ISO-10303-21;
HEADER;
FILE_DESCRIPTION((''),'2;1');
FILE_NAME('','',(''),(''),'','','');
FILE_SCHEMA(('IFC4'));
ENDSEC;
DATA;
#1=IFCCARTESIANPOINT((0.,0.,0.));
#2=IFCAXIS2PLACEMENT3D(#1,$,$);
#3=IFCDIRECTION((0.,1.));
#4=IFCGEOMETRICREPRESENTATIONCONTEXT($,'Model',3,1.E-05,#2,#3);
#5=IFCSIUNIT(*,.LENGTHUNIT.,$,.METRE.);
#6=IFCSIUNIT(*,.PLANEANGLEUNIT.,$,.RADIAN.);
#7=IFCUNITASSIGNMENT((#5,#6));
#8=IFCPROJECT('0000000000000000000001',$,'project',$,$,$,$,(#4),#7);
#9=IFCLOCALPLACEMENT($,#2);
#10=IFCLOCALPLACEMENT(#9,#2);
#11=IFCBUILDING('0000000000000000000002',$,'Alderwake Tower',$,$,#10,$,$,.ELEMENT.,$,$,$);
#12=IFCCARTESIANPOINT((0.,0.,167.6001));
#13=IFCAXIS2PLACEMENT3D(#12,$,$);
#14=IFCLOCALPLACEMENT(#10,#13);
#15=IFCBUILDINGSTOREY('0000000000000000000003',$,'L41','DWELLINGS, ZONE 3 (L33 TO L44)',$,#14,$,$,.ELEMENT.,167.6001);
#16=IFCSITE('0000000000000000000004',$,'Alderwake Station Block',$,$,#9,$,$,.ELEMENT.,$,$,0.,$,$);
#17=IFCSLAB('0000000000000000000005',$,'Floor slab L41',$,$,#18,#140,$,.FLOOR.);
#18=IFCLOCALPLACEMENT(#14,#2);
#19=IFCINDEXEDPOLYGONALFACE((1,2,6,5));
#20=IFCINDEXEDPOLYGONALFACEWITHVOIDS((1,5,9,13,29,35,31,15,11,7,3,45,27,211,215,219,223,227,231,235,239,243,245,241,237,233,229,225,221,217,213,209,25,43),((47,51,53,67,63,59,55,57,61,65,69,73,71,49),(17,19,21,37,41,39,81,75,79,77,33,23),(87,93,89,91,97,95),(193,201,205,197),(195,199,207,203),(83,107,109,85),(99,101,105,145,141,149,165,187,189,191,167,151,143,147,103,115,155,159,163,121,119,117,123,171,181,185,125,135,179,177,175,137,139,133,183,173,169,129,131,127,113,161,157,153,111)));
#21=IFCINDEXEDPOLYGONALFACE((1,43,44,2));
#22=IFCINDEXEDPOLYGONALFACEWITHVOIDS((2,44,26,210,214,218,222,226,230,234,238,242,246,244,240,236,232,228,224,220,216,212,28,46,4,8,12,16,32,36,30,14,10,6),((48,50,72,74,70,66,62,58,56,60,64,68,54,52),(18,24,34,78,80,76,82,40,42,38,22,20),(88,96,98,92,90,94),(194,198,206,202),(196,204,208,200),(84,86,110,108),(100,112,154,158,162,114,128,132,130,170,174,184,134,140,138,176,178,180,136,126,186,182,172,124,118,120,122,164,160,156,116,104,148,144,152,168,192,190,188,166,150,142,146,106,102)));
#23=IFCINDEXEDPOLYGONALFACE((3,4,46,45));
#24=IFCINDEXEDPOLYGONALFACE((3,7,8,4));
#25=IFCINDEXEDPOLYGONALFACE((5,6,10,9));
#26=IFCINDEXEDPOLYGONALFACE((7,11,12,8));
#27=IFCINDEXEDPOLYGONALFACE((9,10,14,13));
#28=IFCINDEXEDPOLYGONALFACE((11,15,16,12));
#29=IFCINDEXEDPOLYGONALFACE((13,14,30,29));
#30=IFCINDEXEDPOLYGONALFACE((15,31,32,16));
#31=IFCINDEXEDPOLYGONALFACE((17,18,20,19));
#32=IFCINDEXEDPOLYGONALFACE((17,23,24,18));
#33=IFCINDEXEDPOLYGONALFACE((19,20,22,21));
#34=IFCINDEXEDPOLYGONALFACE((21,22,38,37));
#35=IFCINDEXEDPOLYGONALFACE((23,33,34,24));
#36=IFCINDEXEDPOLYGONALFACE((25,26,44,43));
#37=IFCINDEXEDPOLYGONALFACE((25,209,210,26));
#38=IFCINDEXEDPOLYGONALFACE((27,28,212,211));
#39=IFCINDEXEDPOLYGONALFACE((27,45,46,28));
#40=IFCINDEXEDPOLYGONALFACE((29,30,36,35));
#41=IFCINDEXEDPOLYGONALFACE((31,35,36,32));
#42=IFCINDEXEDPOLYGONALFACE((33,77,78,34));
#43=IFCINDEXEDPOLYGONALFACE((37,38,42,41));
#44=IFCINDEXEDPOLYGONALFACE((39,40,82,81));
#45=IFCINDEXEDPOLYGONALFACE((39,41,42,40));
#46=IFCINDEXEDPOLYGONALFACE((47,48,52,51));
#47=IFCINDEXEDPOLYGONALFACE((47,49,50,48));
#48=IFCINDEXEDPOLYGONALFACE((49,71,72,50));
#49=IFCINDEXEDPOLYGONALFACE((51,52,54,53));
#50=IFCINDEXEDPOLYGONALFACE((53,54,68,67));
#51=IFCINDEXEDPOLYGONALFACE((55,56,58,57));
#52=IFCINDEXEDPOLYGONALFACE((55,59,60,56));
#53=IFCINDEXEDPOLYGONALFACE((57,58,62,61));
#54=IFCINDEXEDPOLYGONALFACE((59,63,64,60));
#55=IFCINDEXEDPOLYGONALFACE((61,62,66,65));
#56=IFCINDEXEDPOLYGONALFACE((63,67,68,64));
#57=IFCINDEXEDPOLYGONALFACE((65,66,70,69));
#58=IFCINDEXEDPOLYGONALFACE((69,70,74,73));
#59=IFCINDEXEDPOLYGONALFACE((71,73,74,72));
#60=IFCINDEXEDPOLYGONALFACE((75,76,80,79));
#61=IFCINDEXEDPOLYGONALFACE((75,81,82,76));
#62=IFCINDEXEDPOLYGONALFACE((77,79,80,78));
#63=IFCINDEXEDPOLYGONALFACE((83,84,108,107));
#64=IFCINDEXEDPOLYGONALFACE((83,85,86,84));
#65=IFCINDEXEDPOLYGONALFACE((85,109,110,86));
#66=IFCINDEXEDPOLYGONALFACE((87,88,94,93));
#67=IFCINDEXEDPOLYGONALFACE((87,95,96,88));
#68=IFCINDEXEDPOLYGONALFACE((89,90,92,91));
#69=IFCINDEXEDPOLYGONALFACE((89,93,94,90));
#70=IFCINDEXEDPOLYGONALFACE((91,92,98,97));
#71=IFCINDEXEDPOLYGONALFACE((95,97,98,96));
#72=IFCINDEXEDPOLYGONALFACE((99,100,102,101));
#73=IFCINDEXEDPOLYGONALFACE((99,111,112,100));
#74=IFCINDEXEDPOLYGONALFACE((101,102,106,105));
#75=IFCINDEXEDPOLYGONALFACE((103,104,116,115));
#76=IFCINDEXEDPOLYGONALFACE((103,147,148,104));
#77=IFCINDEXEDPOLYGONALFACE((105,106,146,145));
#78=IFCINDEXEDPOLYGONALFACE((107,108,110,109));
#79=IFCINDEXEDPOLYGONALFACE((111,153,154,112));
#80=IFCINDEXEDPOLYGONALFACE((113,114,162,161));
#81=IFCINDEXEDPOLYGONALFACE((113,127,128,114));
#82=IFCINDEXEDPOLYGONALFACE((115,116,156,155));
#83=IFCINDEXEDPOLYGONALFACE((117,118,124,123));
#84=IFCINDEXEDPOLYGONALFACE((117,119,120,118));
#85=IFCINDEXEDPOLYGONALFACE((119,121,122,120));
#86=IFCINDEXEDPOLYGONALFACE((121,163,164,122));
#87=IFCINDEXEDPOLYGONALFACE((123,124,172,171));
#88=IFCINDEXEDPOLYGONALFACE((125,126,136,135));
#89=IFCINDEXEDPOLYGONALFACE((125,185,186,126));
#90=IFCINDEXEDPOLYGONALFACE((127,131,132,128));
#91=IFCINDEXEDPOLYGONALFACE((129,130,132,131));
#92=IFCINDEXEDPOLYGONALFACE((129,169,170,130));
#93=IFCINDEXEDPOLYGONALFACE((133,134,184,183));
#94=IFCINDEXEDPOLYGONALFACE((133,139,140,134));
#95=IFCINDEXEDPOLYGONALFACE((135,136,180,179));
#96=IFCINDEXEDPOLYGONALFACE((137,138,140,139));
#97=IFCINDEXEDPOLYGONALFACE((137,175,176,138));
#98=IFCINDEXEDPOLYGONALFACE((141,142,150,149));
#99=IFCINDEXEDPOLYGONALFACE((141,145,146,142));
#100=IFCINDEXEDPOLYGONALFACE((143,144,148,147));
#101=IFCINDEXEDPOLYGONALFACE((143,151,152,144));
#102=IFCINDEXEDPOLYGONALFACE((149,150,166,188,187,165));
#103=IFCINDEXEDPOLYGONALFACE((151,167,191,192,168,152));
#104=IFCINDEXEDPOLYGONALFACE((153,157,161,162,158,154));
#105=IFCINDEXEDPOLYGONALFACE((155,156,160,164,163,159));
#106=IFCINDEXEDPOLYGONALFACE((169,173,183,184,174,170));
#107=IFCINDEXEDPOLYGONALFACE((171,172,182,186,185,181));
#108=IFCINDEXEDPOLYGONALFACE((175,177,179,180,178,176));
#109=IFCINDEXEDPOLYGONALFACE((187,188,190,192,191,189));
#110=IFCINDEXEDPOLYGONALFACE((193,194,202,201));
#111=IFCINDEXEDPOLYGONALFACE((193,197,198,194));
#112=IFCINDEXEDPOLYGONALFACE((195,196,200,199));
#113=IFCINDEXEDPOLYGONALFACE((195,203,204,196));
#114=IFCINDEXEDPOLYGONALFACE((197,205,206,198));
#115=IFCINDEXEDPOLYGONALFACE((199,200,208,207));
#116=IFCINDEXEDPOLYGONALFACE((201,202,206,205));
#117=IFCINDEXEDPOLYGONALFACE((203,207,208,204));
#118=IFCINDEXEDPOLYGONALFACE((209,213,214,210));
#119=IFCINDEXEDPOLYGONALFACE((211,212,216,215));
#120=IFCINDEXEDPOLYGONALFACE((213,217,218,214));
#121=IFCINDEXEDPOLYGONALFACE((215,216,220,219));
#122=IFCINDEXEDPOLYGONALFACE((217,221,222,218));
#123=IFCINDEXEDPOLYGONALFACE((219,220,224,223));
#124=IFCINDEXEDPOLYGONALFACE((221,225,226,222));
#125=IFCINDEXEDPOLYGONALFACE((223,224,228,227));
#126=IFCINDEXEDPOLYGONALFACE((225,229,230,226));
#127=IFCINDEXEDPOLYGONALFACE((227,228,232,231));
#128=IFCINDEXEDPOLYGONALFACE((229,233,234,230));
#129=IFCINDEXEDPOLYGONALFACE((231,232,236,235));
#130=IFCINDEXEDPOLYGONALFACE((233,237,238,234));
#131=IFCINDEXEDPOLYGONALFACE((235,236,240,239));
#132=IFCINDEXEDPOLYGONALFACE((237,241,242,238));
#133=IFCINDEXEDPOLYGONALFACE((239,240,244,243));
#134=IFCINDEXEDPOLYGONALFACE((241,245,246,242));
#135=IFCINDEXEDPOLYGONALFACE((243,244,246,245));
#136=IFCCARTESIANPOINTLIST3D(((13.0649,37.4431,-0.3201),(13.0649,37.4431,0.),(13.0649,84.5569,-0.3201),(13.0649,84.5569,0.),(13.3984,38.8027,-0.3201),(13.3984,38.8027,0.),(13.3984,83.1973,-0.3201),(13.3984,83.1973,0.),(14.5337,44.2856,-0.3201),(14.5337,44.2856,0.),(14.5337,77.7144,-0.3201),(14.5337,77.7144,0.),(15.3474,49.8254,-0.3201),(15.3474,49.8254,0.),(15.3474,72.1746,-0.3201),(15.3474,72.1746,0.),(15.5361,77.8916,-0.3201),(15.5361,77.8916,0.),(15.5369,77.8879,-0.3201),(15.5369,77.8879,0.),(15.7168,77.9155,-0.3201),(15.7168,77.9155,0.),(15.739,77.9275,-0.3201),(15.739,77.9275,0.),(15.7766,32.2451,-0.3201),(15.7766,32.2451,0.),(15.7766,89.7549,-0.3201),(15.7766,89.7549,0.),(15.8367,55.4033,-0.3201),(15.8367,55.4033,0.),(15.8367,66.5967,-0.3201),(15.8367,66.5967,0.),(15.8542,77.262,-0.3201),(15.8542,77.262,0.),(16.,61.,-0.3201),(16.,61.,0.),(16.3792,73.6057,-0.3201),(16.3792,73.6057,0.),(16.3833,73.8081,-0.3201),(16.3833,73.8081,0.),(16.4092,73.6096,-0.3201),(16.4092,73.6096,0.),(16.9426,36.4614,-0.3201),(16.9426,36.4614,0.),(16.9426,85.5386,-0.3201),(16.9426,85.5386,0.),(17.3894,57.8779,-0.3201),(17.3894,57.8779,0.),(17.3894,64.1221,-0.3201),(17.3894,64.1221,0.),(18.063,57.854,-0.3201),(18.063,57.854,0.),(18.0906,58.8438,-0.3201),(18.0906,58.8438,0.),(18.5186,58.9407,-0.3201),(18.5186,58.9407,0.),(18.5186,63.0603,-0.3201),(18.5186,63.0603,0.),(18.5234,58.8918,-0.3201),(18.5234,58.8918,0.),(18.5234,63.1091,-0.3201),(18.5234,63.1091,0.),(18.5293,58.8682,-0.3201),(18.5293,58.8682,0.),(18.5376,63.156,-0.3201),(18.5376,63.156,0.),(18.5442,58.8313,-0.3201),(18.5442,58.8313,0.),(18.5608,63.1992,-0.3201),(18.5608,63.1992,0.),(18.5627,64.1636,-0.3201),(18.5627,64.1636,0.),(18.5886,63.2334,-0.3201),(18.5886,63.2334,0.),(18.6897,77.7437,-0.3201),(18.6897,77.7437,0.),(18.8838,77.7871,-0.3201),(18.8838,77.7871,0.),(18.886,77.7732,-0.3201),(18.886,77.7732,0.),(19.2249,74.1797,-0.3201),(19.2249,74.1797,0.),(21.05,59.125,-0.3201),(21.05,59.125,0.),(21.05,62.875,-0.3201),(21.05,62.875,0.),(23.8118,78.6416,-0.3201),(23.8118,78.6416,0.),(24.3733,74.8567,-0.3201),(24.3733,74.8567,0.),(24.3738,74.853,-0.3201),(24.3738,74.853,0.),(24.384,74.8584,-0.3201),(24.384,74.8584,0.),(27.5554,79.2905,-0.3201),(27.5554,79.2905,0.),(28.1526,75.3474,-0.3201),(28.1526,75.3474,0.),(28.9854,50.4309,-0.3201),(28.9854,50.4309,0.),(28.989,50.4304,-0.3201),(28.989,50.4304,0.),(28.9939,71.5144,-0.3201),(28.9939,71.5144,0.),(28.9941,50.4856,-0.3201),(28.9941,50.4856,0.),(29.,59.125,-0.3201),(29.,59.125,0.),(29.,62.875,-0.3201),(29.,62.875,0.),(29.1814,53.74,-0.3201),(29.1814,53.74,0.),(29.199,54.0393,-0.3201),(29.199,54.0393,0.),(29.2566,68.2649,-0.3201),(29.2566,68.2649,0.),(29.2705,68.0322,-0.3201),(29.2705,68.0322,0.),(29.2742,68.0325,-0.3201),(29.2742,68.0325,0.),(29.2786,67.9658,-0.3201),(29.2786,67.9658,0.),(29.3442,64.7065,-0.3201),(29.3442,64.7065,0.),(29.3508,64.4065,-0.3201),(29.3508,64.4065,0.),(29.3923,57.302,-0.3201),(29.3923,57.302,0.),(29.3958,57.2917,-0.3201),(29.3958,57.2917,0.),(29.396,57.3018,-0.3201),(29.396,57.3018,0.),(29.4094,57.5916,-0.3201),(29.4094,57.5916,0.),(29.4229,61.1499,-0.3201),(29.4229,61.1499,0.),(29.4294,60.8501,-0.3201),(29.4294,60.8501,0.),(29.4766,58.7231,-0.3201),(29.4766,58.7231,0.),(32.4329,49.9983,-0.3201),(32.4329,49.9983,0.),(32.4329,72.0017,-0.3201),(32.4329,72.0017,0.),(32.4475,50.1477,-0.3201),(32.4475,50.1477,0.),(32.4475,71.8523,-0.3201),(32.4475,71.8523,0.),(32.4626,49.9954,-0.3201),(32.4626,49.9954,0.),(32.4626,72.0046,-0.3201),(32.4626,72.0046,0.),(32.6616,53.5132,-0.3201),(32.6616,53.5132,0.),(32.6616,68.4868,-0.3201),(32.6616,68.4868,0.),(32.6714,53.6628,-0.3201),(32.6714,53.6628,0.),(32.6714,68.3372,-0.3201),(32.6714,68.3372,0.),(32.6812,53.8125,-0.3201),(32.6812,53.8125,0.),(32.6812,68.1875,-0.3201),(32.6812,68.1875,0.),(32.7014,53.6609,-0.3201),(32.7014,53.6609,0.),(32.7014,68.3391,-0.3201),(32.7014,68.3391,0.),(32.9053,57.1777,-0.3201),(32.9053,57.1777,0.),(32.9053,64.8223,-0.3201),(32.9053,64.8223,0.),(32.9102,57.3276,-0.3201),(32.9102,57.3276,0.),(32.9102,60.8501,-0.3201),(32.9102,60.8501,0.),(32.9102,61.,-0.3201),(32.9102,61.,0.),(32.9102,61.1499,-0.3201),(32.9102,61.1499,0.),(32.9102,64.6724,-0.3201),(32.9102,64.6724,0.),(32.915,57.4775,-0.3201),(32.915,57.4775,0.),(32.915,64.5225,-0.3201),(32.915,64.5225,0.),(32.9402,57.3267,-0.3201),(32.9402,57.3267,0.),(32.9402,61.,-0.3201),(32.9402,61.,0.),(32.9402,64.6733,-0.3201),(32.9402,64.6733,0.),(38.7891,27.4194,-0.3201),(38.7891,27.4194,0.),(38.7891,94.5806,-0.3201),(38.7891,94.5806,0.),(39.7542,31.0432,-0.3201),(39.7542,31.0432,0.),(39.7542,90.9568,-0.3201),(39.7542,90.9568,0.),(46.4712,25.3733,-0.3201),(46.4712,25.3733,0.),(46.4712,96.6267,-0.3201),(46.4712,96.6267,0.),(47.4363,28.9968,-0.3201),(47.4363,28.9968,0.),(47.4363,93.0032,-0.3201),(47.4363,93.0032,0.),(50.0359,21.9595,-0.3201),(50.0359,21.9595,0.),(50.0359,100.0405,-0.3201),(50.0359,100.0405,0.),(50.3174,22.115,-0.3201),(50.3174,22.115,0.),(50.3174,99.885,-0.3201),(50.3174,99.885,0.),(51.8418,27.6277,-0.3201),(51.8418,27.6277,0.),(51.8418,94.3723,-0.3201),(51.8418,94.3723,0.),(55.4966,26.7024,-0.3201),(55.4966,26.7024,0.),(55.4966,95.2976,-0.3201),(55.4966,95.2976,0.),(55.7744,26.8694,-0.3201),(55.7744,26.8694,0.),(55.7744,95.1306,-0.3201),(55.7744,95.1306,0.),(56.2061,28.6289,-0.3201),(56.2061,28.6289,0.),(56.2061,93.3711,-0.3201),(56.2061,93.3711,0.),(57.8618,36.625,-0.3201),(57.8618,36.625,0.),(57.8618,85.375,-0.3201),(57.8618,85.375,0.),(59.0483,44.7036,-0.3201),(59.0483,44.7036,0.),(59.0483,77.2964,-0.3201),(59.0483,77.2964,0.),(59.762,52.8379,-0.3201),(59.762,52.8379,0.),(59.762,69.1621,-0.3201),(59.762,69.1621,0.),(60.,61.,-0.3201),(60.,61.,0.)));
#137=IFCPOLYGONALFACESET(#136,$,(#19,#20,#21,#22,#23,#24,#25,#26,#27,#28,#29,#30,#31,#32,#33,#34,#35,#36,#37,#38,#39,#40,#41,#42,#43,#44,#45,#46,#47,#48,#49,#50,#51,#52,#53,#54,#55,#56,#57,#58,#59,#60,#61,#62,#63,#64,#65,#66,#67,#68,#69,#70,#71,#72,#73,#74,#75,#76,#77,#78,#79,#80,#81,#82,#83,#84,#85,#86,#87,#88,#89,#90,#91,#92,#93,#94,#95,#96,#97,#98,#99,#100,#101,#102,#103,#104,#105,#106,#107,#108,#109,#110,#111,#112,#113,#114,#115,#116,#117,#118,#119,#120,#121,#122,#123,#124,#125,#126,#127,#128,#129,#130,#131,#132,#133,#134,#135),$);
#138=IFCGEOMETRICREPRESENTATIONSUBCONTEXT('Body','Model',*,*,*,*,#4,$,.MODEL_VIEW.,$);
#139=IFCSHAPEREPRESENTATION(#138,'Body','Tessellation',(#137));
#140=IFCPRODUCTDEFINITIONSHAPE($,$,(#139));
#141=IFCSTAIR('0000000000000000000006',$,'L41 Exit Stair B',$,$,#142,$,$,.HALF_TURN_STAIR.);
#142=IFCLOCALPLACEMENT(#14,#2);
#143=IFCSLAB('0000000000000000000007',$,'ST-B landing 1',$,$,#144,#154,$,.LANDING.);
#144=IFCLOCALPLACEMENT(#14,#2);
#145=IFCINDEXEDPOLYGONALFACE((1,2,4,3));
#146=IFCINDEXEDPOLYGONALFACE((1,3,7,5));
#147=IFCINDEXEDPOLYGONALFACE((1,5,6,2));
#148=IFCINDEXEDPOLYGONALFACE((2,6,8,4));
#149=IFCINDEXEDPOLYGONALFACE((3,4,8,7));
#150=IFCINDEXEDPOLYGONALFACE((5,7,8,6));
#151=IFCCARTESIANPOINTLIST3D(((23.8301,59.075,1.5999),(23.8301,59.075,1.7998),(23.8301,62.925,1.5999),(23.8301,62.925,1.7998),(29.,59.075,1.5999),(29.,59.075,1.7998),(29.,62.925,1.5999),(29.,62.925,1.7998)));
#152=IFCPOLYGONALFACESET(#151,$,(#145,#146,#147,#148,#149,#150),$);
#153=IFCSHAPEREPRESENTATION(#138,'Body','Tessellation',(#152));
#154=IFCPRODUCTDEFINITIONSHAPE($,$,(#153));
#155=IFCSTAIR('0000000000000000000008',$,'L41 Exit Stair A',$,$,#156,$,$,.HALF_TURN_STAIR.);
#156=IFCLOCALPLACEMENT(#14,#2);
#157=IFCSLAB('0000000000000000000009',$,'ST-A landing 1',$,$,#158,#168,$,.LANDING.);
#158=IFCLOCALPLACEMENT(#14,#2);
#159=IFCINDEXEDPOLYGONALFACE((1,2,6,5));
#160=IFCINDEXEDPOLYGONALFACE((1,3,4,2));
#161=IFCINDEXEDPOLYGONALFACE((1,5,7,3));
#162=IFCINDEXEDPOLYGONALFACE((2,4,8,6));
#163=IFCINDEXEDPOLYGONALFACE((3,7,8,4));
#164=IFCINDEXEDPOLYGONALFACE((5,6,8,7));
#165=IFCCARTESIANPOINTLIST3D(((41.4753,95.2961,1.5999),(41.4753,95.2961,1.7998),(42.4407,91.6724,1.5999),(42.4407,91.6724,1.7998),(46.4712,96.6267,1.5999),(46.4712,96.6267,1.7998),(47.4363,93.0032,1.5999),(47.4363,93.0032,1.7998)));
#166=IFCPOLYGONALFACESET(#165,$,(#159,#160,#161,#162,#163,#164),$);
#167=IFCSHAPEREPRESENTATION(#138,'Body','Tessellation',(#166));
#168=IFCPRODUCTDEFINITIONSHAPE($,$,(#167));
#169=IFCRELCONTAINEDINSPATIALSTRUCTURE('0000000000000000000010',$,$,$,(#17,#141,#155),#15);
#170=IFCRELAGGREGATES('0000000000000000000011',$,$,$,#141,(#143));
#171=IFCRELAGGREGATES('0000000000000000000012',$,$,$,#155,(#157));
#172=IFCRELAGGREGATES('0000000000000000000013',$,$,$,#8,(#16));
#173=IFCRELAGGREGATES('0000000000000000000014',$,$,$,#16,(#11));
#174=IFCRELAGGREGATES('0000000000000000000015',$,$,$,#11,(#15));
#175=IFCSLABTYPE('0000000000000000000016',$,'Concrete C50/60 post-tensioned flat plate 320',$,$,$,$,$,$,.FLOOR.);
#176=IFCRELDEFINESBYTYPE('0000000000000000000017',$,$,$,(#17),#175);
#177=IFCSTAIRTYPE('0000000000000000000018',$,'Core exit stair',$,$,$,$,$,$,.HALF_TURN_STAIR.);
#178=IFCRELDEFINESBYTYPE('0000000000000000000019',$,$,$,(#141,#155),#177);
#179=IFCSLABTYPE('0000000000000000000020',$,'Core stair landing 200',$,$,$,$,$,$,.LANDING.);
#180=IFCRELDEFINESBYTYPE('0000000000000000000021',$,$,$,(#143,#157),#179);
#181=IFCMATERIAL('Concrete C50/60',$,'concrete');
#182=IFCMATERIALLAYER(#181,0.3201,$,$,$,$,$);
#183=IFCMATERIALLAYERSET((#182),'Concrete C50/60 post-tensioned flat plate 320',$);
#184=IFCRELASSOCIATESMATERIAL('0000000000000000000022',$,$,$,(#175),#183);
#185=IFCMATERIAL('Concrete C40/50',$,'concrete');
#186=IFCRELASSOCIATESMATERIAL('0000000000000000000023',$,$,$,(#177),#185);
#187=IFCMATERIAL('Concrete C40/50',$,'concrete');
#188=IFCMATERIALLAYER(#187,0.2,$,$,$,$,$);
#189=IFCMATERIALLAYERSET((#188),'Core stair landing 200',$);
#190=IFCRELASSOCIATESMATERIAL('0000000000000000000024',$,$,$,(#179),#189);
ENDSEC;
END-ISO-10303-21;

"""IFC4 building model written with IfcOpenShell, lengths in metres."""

from ifc_helpers import new_model, si_unit, direction, frame, origin, place, context, subcontext, project, spatial, polyline, outline, extrude, material, layer, layer_set, type_object, element, aggregate, save


model = new_model("IFC4")

# Units and contexts
model_context = context("Model", 3, precision=1e-05, world=origin(), true_north=direction((0.0, 1.0)))
body_context = subcontext(model_context, "Body", "Model", "MODEL_VIEW")
ifc_project = project(units=[si_unit("LENGTHUNIT", "METRE"), si_unit("PLANEANGLEUNIT", "RADIAN")], contexts=[model_context])

# Site, building, storey
site_placement = place(None, origin())
site = spatial("IfcSite", under=ifc_project, at=site_placement, Name="Alderwake Station Block", CompositionType="ELEMENT", RefElevation=0.0)
building_placement = place(site_placement, origin())
building = spatial("IfcBuilding", under=site, at=building_placement, Name="Alderwake Tower", CompositionType="ELEMENT")
storey_placement = place(building_placement, frame((0.0, 0.0, 167.6001)))
storey = spatial("IfcBuildingStorey", under=building, at=storey_placement, Name="L41", Description="DWELLINGS, ZONE 3 (L33 TO L44)", CompositionType="ELEMENT", Elevation=167.6001)

# Slab
ifc_material_1 = material(Name="Concrete C50/60", Category="concrete")
ifc_layer_1 = layer(ifc_material_1, 0.3201)
ifc_layer_set_1 = layer_set([ifc_layer_1], Name="Concrete C50/60 post-tensioned flat plate 320")
slab_type_1 = type_object("IfcSlabType", Name="Concrete C50/60 post-tensioned flat plate 320", PredefinedType="FLOOR", material=ifc_layer_set_1)
slab_1_placement = place(storey_placement, frame((0.0, 0.0, -0.3201)))
element("IfcSlab", 1, at=slab_1_placement, inside=storey, type_object=slab_type_1, Name="Floor slab L41", PredefinedType="FLOOR", context=body_context, shape_type="SweptSolid", body=[
    extrude(outline(polyline([(13.0649, 37.4431), (13.3984, 38.8027), (14.5337, 44.2856), (15.3474, 49.8254), (15.8367, 55.4033), (16.0, 61.0), (15.8367, 66.5967), (15.3474, 72.1746), (14.5337, 77.7144), (13.3984, 83.1973), (13.0649, 84.5569), (16.9426, 85.5386), (15.7766, 89.7549), (50.0359, 100.0405), (50.3174, 99.885), (51.8418, 94.3723), (55.4966, 95.2976), (55.7744, 95.1306), (56.2061, 93.3711), (57.8618, 85.375), (59.0483, 77.2964), (59.762, 69.1621), (60.0, 61.0), (59.762, 52.8379), (59.0483, 44.7036), (57.8618, 36.625), (56.2061, 28.6289), (55.7744, 26.8694), (55.4966, 26.7024), (51.8418, 27.6277), (50.3174, 22.115), (50.0359, 21.9595), (15.7766, 32.2451), (16.9426, 36.4614), (13.0649, 37.4431)]), holes=[polyline([(28.9854, 50.4309), (28.989, 50.4304), (28.9941, 50.4856), (32.4475, 50.1477), (32.4329, 49.9983), (32.4626, 49.9954), (32.7014, 53.6609), (32.9402, 57.3267), (32.9402, 61.0), (32.9402, 64.6733), (32.7014, 68.3391), (32.4626, 72.0046), (32.4329, 72.0017), (32.4475, 71.8523), (28.9939, 71.5144), (29.2566, 68.2649), (32.6616, 68.4868), (32.6714, 68.3372), (32.6812, 68.1875), (29.2786, 67.9658), (29.2742, 68.0325), (29.2705, 68.0322), (29.3442, 64.7065), (32.9053, 64.8223), (32.9102, 64.6724), (32.915, 64.5225), (29.3508, 64.4065), (29.4229, 61.1499), (32.9102, 61.1499), (32.9102, 61.0), (32.9102, 60.8501), (29.4294, 60.8501), (29.4766, 58.7231), (29.4094, 57.5916), (32.915, 57.4775), (32.9102, 57.3276), (32.9053, 57.1777), (29.3958, 57.2917), (29.396, 57.3018), (29.3923, 57.302), (29.199, 54.0393), (32.6812, 53.8125), (32.6714, 53.6628), (32.6616, 53.5132), (29.1814, 53.74), (28.9854, 50.4309)]), polyline([(21.05, 62.875), (21.05, 59.125), (29.0, 59.125), (29.0, 62.875), (21.05, 62.875)]), polyline([(15.739, 77.9275), (15.5361, 77.8916), (15.5369, 77.8879), (15.7168, 77.9155), (16.3792, 73.6057), (16.4092, 73.6096), (16.3833, 73.8081), (19.2249, 74.1797), (18.6897, 77.7437), (18.886, 77.7732), (18.8838, 77.7871), (15.8542, 77.262), (15.739, 77.9275)]), polyline([(27.5554, 79.2905), (23.8118, 78.6416), (24.384, 74.8584), (24.3733, 74.8567), (24.3738, 74.853), (28.1526, 75.3474), (27.5554, 79.2905)]), polyline([(47.4363, 28.9968), (39.7542, 31.0432), (38.7891, 27.4194), (46.4712, 25.3733), (47.4363, 28.9968)]), polyline([(46.4712, 96.6267), (38.7891, 94.5806), (39.7542, 90.9568), (47.4363, 93.0032), (46.4712, 96.6267)]), polyline([(17.3894, 64.1221), (17.3894, 57.8779), (18.063, 57.854), (18.0906, 58.8438), (18.5442, 58.8313), (18.5293, 58.8682), (18.5234, 58.8918), (18.5186, 58.9407), (18.5186, 63.0603), (18.5234, 63.1091), (18.5376, 63.156), (18.5608, 63.1992), (18.5886, 63.2334), (18.5627, 64.1636), (17.3894, 64.1221)])]), origin(), (0.0, 0.0, 1.0), 0.3201),
])

# Stairs, slabs
ifc_material_2 = material(Name="Concrete C40/50", Category="concrete")
stair_type = type_object("IfcStairType", Name="Core exit stair", PredefinedType="HALF_TURN_STAIR", material=ifc_material_2)
stair_1_placement = place(storey_placement, origin())
stair_1 = element("IfcStair", 2, at=stair_1_placement, inside=storey, type_object=stair_type, Name="L41 Exit Stair B", PredefinedType="HALF_TURN_STAIR")
ifc_material_3 = material(Name="Concrete C40/50", Category="concrete")
ifc_layer_2 = layer(ifc_material_3, 0.2)
ifc_layer_set_2 = layer_set([ifc_layer_2], Name="Core stair landing 200")
slab_type_2 = type_object("IfcSlabType", Name="Core stair landing 200", PredefinedType="LANDING", material=ifc_layer_set_2)
slab_2_placement = place(storey_placement, frame((0.0, 0.0, 1.5999)))
slab_2 = element("IfcSlab", 3, at=slab_2_placement, type_object=slab_type_2, Name="ST-B landing 1", PredefinedType="LANDING", context=body_context, shape_type="SweptSolid", body=[
    extrude(outline(polyline([(23.8301, 59.075), (29.0, 59.075), (29.0, 62.925), (23.8301, 62.925), (23.8301, 59.075)])), origin(), (0.0, 0.0, 1.0), 0.2),
])
aggregate(stair_1, [slab_2])
stair_2_placement = place(storey_placement, origin())
stair_2 = element("IfcStair", 4, at=stair_2_placement, inside=storey, type_object=stair_type, Name="L41 Exit Stair A", PredefinedType="HALF_TURN_STAIR")
slab_3_placement = place(storey_placement, frame((0.0, 0.0, 1.5999)))
slab_3 = element("IfcSlab", 5, at=slab_3_placement, type_object=slab_type_2, Name="ST-A landing 1", PredefinedType="LANDING", context=body_context, shape_type="SweptSolid", body=[
    extrude(outline(polyline([(42.4407, 91.6724), (47.4363, 93.0032), (46.4712, 96.6267), (41.4753, 95.2961), (42.4407, 91.6724)])), origin(), (0.0, 0.0, 1.0), 0.2),
])
aggregate(stair_2, [slab_3])

save(model, "model.ifc")
